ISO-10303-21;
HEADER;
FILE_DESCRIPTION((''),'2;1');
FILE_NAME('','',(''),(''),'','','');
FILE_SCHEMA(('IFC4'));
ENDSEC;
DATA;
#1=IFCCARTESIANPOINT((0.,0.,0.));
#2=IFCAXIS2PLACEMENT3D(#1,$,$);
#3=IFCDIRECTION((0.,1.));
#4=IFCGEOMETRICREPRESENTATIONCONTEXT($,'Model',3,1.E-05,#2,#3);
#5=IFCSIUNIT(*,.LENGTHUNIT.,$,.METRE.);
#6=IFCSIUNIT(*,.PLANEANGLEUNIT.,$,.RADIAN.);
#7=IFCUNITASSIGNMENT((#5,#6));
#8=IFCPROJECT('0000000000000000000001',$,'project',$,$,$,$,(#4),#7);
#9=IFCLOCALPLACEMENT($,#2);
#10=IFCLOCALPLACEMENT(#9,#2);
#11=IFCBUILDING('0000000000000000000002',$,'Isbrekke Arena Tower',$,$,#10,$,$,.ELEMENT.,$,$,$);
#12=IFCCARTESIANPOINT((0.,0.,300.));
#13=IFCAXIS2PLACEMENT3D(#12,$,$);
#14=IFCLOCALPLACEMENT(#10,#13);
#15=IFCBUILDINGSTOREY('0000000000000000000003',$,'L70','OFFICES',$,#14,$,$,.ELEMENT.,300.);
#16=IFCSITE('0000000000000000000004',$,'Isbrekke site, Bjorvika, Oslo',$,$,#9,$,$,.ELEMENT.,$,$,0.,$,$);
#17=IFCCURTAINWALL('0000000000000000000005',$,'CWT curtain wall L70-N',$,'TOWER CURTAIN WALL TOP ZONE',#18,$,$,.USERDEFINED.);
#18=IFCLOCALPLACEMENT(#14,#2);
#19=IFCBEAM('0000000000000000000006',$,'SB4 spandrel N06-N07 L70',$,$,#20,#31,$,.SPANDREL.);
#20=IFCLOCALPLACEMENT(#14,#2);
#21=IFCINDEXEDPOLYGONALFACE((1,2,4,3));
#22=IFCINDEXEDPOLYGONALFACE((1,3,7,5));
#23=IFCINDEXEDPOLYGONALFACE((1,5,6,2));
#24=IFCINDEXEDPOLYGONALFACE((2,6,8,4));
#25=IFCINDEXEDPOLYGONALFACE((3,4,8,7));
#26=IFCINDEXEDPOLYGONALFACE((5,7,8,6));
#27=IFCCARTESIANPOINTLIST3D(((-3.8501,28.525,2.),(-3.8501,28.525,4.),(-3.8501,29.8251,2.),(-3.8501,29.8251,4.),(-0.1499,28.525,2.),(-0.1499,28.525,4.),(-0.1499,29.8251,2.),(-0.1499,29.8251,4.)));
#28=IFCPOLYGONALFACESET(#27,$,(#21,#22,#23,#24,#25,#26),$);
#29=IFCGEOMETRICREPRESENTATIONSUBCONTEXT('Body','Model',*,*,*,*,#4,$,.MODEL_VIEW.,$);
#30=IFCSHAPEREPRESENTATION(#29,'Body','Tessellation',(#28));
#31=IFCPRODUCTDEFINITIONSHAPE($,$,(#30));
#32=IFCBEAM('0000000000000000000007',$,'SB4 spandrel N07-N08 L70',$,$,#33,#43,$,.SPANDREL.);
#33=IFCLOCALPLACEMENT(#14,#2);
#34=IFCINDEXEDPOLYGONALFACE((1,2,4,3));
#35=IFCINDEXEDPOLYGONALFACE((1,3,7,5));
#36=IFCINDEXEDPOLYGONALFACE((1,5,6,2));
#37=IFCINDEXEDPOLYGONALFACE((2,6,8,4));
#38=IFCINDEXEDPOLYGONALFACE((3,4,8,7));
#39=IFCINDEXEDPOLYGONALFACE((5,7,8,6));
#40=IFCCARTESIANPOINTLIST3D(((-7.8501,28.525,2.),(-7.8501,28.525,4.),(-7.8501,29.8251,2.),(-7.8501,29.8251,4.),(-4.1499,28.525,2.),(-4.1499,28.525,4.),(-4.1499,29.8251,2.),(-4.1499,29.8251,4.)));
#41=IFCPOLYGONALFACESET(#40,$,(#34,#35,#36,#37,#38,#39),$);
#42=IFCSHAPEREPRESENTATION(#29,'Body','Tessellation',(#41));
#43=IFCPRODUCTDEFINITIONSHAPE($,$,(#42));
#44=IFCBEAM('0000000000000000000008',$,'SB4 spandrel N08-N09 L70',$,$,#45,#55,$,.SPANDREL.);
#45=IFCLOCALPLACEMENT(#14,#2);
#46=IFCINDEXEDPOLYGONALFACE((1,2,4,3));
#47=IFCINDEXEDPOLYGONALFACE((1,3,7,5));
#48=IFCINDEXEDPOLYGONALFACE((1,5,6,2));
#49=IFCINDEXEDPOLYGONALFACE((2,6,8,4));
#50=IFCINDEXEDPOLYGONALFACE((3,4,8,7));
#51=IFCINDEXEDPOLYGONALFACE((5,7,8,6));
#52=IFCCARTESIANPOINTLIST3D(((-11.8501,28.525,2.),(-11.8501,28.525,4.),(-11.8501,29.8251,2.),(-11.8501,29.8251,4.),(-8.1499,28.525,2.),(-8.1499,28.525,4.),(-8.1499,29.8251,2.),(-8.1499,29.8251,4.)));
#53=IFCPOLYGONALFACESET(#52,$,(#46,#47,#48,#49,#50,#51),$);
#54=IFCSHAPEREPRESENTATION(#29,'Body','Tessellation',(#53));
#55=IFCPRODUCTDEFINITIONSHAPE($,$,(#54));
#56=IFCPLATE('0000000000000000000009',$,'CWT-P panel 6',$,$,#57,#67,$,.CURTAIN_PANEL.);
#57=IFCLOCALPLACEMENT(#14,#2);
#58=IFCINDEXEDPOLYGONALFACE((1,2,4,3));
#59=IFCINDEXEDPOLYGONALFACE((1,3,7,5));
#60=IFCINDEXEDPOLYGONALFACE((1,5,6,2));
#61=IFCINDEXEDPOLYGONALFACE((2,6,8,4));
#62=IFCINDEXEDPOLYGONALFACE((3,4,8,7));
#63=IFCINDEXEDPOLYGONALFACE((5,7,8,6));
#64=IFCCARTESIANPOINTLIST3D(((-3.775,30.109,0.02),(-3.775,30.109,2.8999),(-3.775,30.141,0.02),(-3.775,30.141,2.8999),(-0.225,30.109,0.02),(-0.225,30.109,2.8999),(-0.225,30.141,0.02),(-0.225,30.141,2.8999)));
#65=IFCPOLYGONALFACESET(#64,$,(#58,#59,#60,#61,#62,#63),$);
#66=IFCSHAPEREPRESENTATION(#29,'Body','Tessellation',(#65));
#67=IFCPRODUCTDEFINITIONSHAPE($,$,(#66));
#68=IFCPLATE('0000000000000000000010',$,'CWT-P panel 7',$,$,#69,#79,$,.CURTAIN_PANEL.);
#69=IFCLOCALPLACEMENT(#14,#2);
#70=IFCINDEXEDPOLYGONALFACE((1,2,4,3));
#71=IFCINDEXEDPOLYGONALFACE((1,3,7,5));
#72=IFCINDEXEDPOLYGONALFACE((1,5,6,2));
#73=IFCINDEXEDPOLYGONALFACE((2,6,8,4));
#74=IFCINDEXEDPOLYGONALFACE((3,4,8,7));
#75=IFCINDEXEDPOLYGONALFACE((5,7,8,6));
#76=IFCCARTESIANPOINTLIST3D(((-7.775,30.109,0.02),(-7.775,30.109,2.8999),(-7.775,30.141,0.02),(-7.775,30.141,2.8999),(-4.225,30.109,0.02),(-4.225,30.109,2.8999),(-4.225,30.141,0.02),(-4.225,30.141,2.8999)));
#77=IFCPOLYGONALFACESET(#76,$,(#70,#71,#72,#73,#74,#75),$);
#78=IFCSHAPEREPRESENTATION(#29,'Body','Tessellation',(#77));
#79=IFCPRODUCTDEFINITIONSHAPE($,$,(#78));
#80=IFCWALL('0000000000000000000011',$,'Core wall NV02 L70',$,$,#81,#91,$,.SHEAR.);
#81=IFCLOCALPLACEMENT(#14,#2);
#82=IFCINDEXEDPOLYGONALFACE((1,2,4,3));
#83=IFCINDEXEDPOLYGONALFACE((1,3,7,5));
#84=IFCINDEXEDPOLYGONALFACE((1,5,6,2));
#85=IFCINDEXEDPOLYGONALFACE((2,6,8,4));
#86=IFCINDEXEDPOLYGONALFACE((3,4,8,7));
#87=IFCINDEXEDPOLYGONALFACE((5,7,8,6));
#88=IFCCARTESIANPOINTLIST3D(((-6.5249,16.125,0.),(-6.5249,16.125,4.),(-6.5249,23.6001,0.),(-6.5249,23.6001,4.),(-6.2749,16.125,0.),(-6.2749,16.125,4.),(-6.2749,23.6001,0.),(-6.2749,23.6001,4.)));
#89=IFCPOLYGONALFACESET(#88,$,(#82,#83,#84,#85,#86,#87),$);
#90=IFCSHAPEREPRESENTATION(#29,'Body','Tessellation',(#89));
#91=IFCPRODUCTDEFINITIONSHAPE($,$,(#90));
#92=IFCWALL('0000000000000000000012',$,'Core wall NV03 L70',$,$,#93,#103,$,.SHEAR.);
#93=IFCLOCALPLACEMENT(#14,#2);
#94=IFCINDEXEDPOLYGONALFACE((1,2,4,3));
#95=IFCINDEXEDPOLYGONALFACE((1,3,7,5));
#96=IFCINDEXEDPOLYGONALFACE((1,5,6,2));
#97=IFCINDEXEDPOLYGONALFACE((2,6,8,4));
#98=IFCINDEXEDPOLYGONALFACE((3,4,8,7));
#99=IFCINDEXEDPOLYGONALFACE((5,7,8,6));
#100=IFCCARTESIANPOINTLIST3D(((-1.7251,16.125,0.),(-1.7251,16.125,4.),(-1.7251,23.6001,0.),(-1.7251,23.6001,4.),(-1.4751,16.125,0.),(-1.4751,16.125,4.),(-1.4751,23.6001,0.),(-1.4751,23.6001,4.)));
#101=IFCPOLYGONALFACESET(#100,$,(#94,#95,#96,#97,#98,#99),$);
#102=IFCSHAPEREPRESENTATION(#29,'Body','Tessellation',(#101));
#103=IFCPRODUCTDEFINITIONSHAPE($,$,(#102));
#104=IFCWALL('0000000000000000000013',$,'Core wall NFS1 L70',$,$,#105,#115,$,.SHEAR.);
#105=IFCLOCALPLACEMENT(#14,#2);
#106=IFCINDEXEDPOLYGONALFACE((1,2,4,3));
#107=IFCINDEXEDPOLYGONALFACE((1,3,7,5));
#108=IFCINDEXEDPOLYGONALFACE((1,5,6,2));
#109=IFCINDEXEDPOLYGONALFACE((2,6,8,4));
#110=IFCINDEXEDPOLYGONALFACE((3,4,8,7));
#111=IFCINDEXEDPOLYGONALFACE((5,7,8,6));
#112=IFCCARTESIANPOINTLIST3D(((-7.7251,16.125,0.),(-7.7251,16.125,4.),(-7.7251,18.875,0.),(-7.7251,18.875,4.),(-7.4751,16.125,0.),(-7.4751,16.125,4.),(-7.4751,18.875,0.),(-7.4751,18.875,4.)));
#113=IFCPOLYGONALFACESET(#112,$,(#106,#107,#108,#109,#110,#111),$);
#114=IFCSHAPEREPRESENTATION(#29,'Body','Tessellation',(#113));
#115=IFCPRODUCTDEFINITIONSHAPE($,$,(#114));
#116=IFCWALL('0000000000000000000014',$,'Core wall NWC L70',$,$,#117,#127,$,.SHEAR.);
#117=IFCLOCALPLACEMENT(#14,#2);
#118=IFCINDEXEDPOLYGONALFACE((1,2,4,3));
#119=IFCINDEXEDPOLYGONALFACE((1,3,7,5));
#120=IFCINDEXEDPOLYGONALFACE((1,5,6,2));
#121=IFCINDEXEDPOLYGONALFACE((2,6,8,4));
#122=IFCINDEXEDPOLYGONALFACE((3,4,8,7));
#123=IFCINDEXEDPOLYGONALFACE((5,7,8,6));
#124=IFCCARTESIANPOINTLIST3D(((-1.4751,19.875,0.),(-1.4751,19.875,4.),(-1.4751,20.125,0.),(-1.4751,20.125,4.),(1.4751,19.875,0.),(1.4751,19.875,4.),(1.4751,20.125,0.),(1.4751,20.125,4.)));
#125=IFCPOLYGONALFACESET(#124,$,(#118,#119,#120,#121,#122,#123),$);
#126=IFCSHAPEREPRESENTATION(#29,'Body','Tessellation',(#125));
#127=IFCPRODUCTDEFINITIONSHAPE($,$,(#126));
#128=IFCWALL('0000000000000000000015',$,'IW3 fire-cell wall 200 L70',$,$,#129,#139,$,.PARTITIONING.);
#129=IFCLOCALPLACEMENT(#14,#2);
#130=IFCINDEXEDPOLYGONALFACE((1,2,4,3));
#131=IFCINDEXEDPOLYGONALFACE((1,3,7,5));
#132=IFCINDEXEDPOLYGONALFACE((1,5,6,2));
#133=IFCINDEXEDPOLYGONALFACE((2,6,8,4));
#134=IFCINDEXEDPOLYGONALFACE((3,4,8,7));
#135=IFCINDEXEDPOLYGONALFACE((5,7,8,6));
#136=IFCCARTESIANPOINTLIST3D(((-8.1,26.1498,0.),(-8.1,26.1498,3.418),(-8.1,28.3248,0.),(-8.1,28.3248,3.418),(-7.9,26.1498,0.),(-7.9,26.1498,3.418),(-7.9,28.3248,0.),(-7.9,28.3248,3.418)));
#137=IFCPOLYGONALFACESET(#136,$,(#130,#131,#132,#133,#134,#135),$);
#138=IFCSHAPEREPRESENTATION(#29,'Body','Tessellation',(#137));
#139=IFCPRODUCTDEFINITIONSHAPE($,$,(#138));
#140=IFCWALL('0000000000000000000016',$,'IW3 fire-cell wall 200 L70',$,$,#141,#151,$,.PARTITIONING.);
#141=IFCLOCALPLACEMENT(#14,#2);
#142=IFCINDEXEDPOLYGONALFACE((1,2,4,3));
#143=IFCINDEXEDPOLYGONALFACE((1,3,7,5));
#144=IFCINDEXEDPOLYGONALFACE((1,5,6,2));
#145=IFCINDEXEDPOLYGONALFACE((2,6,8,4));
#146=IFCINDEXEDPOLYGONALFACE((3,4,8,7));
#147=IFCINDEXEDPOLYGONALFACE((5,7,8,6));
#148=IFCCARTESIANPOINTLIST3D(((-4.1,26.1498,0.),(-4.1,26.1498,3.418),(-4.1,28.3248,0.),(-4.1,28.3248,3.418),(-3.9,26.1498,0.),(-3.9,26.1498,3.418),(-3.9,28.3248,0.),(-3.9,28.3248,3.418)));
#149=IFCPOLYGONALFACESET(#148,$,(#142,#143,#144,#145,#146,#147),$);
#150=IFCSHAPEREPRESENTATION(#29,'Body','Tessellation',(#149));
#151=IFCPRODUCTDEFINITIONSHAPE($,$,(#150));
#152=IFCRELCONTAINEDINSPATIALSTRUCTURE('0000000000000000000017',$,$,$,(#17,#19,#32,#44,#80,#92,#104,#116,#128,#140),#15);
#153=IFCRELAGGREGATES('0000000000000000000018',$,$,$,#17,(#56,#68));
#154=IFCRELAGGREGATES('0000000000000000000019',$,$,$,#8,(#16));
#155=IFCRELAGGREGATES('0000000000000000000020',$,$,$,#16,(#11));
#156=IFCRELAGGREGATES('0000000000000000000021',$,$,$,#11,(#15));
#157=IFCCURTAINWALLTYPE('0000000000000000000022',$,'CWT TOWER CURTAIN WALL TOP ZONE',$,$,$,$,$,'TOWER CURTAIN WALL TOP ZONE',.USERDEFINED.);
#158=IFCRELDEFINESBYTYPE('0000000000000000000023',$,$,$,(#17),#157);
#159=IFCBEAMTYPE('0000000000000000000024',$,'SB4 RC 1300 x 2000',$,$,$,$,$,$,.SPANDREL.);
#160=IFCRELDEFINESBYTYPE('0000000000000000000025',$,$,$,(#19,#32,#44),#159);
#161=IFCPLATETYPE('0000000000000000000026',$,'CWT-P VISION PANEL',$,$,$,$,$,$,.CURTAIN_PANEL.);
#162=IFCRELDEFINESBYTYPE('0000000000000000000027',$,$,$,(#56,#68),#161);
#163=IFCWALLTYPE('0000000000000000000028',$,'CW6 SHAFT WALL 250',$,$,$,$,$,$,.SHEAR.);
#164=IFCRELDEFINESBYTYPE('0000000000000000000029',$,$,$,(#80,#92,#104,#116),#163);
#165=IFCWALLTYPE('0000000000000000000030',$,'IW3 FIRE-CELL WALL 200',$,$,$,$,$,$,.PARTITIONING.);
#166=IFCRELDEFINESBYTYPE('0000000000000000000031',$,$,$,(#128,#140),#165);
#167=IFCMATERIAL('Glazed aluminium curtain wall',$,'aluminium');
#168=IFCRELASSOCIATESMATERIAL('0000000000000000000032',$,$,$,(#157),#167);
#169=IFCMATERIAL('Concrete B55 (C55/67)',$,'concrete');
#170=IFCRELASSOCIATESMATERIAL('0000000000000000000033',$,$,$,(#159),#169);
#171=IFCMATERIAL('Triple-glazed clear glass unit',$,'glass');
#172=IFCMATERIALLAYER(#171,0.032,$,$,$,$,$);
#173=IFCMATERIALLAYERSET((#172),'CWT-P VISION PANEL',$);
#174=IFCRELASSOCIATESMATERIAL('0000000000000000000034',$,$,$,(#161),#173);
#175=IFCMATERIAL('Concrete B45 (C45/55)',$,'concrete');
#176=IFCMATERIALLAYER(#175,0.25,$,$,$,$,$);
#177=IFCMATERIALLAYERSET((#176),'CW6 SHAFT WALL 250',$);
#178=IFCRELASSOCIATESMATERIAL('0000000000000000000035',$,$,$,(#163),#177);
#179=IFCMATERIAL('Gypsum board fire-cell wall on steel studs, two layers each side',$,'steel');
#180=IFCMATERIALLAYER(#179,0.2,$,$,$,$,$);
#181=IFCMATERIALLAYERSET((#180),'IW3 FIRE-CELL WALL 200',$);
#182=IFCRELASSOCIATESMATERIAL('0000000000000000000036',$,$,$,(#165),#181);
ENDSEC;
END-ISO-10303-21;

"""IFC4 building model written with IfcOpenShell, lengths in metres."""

from ifc_helpers import new_model, si_unit, direction, frame, frame_2d, origin, origin_2d, place, context, subcontext, project, spatial, rectangle, extrude, material, layer, layer_set, material_profile, profile_set, type_object, element, aggregate, save


model = new_model("IFC4")

# Units and contexts
model_context = context("Model", 3, precision=1e-05, world=origin(), true_north=direction((0.0, 1.0)))
body_context = subcontext(model_context, "Body", "Model", "MODEL_VIEW")
ifc_project = project(units=[si_unit("LENGTHUNIT", "METRE"), si_unit("PLANEANGLEUNIT", "RADIAN")], contexts=[model_context])

# Site, building, storey
site_placement = place(None, origin())
site = spatial("IfcSite", under=ifc_project, at=site_placement, Name="Isbrekke site, Bjorvika, Oslo", CompositionType="ELEMENT", RefElevation=0.0)
building_placement = place(site_placement, origin())
building = spatial("IfcBuilding", under=site, at=building_placement, Name="Isbrekke Arena Tower", CompositionType="ELEMENT")
storey_placement = place(building_placement, frame((0.0, 0.0, 300.0)))
storey = spatial("IfcBuildingStorey", under=building, at=storey_placement, Name="L70", Description="OFFICES", CompositionType="ELEMENT", Elevation=300.0)

# Curtain wall
ifc_material_1 = material(Name="Glazed aluminium curtain wall", Category="aluminium")
curtain_wall_type = type_object("IfcCurtainWallType", Name="CWT TOWER CURTAIN WALL TOP ZONE", ElementType="TOWER CURTAIN WALL TOP ZONE", PredefinedType="USERDEFINED", material=ifc_material_1)
curtain_wall_placement = place(storey_placement, origin())
curtain_wall = element("IfcCurtainWall", 1, at=curtain_wall_placement, inside=storey, type_object=curtain_wall_type, Name="CWT curtain wall L70-N", ObjectType="TOWER CURTAIN WALL TOP ZONE", PredefinedType="USERDEFINED")

# Beams
ifc_material_2 = material(Name="Concrete B55 (C55/67)", Category="concrete")
ifc_material_profile_1 = material_profile(ifc_material_2, rectangle(XDim=1.3, YDim=2.0, at=origin_2d()), Name="RC 1300x2000")
ifc_profile_set_1 = profile_set([ifc_material_profile_1], Name="Concrete B55 (C55/67)")
beam_type_1 = type_object("IfcBeamType", Name="SB4 RC 1300 x 2000", PredefinedType="SPANDREL", material=ifc_profile_set_1)
for number, where, z_axis, x_axis, name in (
    (2, (-0.1499, 29.175, 3.0), (-1.0, 0.0, 0.0), (0.0, -1.0, 0.0), "SB4 spandrel N06-N07 L70"),
    (3, (-4.1499, 29.175, 3.0), (-1.0, 0.0, 0.0), (0.0, -1.0, 0.0), "SB4 spandrel N07-N08 L70"),
    (4, (-8.1499, 29.175, 3.0), (-1.0, 0.0, 0.0), (0.0, -1.0, 0.0), "SB4 spandrel N08-N09 L70"),
):
    element("IfcBeam", number, at=place(storey_placement, frame(where, z_axis=z_axis, x_axis=x_axis)), inside=storey, type_object=beam_type_1, Name=name, PredefinedType="SPANDREL", context=body_context, shape_type="SweptSolid", body=[
        extrude(rectangle(XDim=1.3, YDim=2.0, at=origin_2d()), origin(), (0.0, 0.0, 1.0), 3.7002),
    ])

# Plates
ifc_material_3 = material(Name="Triple-glazed clear glass unit", Category="glass")
ifc_layer_1 = layer(ifc_material_3, 0.032)
ifc_layer_set_1 = layer_set([ifc_layer_1], Name="CWT-P VISION PANEL")
plate_type = type_object("IfcPlateType", Name="CWT-P VISION PANEL", PredefinedType="CURTAIN_PANEL", material=ifc_layer_set_1)
plate_1_placement = place(storey_placement, frame((-2.0, 30.125, 0.02), z_axis=(0.0, 0.0, 1.0), x_axis=(-1.0, 0.0, 0.0)))
plate_1 = element("IfcPlate", 5, at=plate_1_placement, type_object=plate_type, Name="CWT-P panel 6", PredefinedType="CURTAIN_PANEL", context=body_context, shape_type="SweptSolid", body=[
    extrude(rectangle(XDim=3.55, YDim=0.032, at=origin_2d()), origin(), (0.0, 0.0, 1.0), 2.8799),
])
plate_2_placement = place(storey_placement, frame((-6.0, 30.125, 0.02), z_axis=(0.0, 0.0, 1.0), x_axis=(-1.0, 0.0, 0.0)))
plate_2 = element("IfcPlate", 6, at=plate_2_placement, type_object=plate_type, Name="CWT-P panel 7", PredefinedType="CURTAIN_PANEL", context=body_context, shape_type="SweptSolid", body=[
    extrude(rectangle(XDim=3.55, YDim=0.032, at=origin_2d()), origin(), (0.0, 0.0, 1.0), 2.8799),
])
aggregate(curtain_wall, [plate_1, plate_2])

# Walls
ifc_material_4 = material(Name="Concrete B45 (C45/55)", Category="concrete")
ifc_layer_2 = layer(ifc_material_4, 0.25)
ifc_layer_set_2 = layer_set([ifc_layer_2], Name="CW6 SHAFT WALL 250")
wall_type_1 = type_object("IfcWallType", Name="CW6 SHAFT WALL 250", PredefinedType="SHEAR", material=ifc_layer_set_2)
for number, where, z_axis, x_axis, name in (
    (7, (-6.3999, 16.125, 0.0), (0.0, 0.0, 1.0), (0.0, 1.0, 0.0), "Core wall NV02 L70"),
    (8, (-1.6001, 16.125, 0.0), (0.0, 0.0, 1.0), (0.0, 1.0, 0.0), "Core wall NV03 L70"),
):
    element("IfcWall", number, at=place(storey_placement, frame(where, z_axis=z_axis, x_axis=x_axis)), inside=storey, type_object=wall_type_1, Name=name, PredefinedType="SHEAR", context=body_context, shape_type="SweptSolid", body=[
        extrude(rectangle(XDim=7.4751, YDim=0.25, at=frame_2d((3.7375, 0.0))), origin(), (0.0, 0.0, 1.0), 4.0),
    ])
wall_1_placement = place(storey_placement, frame((-7.6001, 16.125, 0.0), z_axis=(0.0, 0.0, 1.0), x_axis=(0.0, 1.0, 0.0)))
element("IfcWall", 9, at=wall_1_placement, inside=storey, type_object=wall_type_1, Name="Core wall NFS1 L70", PredefinedType="SHEAR", context=body_context, shape_type="SweptSolid", body=[
    extrude(rectangle(XDim=2.75, YDim=0.25, at=frame_2d((1.375, 0.0))), origin(), (0.0, 0.0, 1.0), 4.0),
])
wall_2_placement = place(storey_placement, frame((-1.4751, 20.0, 0.0), z_axis=(0.0, 0.0, 1.0), x_axis=(1.0, 0.0, 0.0)))
element("IfcWall", 10, at=wall_2_placement, inside=storey, type_object=wall_type_1, Name="Core wall NWC L70", PredefinedType="SHEAR", context=body_context, shape_type="SweptSolid", body=[
    extrude(rectangle(XDim=2.9502, YDim=0.25, at=frame_2d((1.4751, 0.0))), origin(), (0.0, 0.0, 1.0), 4.0),
])
ifc_material_5 = material(Name="Gypsum board fire-cell wall on steel studs, two layers each side", Category="steel")
ifc_layer_3 = layer(ifc_material_5, 0.2)
ifc_layer_set_3 = layer_set([ifc_layer_3], Name="IW3 FIRE-CELL WALL 200")
wall_type_2 = type_object("IfcWallType", Name="IW3 FIRE-CELL WALL 200", PredefinedType="PARTITIONING", material=ifc_layer_set_3)
for number, where, z_axis, x_axis, name in (
    (11, (-8.0, 26.1499, 0.0), (0.0, 0.0, 1.0), (0.0, 1.0, 0.0), "IW3 fire-cell wall 200 L70"),
    (12, (-4.0, 26.1499, 0.0), (0.0, 0.0, 1.0), (0.0, 1.0, 0.0), "IW3 fire-cell wall 200 L70"),
):
    element("IfcWall", number, at=place(storey_placement, frame(where, z_axis=z_axis, x_axis=x_axis)), inside=storey, type_object=wall_type_2, Name=name, PredefinedType="PARTITIONING", context=body_context, shape_type="SweptSolid", body=[
        extrude(rectangle(XDim=2.175, YDim=0.2, at=frame_2d((1.0874, 0.0))), origin(), (0.0, 0.0, 1.0), 3.418),
    ])

save(model, "model.ifc")
